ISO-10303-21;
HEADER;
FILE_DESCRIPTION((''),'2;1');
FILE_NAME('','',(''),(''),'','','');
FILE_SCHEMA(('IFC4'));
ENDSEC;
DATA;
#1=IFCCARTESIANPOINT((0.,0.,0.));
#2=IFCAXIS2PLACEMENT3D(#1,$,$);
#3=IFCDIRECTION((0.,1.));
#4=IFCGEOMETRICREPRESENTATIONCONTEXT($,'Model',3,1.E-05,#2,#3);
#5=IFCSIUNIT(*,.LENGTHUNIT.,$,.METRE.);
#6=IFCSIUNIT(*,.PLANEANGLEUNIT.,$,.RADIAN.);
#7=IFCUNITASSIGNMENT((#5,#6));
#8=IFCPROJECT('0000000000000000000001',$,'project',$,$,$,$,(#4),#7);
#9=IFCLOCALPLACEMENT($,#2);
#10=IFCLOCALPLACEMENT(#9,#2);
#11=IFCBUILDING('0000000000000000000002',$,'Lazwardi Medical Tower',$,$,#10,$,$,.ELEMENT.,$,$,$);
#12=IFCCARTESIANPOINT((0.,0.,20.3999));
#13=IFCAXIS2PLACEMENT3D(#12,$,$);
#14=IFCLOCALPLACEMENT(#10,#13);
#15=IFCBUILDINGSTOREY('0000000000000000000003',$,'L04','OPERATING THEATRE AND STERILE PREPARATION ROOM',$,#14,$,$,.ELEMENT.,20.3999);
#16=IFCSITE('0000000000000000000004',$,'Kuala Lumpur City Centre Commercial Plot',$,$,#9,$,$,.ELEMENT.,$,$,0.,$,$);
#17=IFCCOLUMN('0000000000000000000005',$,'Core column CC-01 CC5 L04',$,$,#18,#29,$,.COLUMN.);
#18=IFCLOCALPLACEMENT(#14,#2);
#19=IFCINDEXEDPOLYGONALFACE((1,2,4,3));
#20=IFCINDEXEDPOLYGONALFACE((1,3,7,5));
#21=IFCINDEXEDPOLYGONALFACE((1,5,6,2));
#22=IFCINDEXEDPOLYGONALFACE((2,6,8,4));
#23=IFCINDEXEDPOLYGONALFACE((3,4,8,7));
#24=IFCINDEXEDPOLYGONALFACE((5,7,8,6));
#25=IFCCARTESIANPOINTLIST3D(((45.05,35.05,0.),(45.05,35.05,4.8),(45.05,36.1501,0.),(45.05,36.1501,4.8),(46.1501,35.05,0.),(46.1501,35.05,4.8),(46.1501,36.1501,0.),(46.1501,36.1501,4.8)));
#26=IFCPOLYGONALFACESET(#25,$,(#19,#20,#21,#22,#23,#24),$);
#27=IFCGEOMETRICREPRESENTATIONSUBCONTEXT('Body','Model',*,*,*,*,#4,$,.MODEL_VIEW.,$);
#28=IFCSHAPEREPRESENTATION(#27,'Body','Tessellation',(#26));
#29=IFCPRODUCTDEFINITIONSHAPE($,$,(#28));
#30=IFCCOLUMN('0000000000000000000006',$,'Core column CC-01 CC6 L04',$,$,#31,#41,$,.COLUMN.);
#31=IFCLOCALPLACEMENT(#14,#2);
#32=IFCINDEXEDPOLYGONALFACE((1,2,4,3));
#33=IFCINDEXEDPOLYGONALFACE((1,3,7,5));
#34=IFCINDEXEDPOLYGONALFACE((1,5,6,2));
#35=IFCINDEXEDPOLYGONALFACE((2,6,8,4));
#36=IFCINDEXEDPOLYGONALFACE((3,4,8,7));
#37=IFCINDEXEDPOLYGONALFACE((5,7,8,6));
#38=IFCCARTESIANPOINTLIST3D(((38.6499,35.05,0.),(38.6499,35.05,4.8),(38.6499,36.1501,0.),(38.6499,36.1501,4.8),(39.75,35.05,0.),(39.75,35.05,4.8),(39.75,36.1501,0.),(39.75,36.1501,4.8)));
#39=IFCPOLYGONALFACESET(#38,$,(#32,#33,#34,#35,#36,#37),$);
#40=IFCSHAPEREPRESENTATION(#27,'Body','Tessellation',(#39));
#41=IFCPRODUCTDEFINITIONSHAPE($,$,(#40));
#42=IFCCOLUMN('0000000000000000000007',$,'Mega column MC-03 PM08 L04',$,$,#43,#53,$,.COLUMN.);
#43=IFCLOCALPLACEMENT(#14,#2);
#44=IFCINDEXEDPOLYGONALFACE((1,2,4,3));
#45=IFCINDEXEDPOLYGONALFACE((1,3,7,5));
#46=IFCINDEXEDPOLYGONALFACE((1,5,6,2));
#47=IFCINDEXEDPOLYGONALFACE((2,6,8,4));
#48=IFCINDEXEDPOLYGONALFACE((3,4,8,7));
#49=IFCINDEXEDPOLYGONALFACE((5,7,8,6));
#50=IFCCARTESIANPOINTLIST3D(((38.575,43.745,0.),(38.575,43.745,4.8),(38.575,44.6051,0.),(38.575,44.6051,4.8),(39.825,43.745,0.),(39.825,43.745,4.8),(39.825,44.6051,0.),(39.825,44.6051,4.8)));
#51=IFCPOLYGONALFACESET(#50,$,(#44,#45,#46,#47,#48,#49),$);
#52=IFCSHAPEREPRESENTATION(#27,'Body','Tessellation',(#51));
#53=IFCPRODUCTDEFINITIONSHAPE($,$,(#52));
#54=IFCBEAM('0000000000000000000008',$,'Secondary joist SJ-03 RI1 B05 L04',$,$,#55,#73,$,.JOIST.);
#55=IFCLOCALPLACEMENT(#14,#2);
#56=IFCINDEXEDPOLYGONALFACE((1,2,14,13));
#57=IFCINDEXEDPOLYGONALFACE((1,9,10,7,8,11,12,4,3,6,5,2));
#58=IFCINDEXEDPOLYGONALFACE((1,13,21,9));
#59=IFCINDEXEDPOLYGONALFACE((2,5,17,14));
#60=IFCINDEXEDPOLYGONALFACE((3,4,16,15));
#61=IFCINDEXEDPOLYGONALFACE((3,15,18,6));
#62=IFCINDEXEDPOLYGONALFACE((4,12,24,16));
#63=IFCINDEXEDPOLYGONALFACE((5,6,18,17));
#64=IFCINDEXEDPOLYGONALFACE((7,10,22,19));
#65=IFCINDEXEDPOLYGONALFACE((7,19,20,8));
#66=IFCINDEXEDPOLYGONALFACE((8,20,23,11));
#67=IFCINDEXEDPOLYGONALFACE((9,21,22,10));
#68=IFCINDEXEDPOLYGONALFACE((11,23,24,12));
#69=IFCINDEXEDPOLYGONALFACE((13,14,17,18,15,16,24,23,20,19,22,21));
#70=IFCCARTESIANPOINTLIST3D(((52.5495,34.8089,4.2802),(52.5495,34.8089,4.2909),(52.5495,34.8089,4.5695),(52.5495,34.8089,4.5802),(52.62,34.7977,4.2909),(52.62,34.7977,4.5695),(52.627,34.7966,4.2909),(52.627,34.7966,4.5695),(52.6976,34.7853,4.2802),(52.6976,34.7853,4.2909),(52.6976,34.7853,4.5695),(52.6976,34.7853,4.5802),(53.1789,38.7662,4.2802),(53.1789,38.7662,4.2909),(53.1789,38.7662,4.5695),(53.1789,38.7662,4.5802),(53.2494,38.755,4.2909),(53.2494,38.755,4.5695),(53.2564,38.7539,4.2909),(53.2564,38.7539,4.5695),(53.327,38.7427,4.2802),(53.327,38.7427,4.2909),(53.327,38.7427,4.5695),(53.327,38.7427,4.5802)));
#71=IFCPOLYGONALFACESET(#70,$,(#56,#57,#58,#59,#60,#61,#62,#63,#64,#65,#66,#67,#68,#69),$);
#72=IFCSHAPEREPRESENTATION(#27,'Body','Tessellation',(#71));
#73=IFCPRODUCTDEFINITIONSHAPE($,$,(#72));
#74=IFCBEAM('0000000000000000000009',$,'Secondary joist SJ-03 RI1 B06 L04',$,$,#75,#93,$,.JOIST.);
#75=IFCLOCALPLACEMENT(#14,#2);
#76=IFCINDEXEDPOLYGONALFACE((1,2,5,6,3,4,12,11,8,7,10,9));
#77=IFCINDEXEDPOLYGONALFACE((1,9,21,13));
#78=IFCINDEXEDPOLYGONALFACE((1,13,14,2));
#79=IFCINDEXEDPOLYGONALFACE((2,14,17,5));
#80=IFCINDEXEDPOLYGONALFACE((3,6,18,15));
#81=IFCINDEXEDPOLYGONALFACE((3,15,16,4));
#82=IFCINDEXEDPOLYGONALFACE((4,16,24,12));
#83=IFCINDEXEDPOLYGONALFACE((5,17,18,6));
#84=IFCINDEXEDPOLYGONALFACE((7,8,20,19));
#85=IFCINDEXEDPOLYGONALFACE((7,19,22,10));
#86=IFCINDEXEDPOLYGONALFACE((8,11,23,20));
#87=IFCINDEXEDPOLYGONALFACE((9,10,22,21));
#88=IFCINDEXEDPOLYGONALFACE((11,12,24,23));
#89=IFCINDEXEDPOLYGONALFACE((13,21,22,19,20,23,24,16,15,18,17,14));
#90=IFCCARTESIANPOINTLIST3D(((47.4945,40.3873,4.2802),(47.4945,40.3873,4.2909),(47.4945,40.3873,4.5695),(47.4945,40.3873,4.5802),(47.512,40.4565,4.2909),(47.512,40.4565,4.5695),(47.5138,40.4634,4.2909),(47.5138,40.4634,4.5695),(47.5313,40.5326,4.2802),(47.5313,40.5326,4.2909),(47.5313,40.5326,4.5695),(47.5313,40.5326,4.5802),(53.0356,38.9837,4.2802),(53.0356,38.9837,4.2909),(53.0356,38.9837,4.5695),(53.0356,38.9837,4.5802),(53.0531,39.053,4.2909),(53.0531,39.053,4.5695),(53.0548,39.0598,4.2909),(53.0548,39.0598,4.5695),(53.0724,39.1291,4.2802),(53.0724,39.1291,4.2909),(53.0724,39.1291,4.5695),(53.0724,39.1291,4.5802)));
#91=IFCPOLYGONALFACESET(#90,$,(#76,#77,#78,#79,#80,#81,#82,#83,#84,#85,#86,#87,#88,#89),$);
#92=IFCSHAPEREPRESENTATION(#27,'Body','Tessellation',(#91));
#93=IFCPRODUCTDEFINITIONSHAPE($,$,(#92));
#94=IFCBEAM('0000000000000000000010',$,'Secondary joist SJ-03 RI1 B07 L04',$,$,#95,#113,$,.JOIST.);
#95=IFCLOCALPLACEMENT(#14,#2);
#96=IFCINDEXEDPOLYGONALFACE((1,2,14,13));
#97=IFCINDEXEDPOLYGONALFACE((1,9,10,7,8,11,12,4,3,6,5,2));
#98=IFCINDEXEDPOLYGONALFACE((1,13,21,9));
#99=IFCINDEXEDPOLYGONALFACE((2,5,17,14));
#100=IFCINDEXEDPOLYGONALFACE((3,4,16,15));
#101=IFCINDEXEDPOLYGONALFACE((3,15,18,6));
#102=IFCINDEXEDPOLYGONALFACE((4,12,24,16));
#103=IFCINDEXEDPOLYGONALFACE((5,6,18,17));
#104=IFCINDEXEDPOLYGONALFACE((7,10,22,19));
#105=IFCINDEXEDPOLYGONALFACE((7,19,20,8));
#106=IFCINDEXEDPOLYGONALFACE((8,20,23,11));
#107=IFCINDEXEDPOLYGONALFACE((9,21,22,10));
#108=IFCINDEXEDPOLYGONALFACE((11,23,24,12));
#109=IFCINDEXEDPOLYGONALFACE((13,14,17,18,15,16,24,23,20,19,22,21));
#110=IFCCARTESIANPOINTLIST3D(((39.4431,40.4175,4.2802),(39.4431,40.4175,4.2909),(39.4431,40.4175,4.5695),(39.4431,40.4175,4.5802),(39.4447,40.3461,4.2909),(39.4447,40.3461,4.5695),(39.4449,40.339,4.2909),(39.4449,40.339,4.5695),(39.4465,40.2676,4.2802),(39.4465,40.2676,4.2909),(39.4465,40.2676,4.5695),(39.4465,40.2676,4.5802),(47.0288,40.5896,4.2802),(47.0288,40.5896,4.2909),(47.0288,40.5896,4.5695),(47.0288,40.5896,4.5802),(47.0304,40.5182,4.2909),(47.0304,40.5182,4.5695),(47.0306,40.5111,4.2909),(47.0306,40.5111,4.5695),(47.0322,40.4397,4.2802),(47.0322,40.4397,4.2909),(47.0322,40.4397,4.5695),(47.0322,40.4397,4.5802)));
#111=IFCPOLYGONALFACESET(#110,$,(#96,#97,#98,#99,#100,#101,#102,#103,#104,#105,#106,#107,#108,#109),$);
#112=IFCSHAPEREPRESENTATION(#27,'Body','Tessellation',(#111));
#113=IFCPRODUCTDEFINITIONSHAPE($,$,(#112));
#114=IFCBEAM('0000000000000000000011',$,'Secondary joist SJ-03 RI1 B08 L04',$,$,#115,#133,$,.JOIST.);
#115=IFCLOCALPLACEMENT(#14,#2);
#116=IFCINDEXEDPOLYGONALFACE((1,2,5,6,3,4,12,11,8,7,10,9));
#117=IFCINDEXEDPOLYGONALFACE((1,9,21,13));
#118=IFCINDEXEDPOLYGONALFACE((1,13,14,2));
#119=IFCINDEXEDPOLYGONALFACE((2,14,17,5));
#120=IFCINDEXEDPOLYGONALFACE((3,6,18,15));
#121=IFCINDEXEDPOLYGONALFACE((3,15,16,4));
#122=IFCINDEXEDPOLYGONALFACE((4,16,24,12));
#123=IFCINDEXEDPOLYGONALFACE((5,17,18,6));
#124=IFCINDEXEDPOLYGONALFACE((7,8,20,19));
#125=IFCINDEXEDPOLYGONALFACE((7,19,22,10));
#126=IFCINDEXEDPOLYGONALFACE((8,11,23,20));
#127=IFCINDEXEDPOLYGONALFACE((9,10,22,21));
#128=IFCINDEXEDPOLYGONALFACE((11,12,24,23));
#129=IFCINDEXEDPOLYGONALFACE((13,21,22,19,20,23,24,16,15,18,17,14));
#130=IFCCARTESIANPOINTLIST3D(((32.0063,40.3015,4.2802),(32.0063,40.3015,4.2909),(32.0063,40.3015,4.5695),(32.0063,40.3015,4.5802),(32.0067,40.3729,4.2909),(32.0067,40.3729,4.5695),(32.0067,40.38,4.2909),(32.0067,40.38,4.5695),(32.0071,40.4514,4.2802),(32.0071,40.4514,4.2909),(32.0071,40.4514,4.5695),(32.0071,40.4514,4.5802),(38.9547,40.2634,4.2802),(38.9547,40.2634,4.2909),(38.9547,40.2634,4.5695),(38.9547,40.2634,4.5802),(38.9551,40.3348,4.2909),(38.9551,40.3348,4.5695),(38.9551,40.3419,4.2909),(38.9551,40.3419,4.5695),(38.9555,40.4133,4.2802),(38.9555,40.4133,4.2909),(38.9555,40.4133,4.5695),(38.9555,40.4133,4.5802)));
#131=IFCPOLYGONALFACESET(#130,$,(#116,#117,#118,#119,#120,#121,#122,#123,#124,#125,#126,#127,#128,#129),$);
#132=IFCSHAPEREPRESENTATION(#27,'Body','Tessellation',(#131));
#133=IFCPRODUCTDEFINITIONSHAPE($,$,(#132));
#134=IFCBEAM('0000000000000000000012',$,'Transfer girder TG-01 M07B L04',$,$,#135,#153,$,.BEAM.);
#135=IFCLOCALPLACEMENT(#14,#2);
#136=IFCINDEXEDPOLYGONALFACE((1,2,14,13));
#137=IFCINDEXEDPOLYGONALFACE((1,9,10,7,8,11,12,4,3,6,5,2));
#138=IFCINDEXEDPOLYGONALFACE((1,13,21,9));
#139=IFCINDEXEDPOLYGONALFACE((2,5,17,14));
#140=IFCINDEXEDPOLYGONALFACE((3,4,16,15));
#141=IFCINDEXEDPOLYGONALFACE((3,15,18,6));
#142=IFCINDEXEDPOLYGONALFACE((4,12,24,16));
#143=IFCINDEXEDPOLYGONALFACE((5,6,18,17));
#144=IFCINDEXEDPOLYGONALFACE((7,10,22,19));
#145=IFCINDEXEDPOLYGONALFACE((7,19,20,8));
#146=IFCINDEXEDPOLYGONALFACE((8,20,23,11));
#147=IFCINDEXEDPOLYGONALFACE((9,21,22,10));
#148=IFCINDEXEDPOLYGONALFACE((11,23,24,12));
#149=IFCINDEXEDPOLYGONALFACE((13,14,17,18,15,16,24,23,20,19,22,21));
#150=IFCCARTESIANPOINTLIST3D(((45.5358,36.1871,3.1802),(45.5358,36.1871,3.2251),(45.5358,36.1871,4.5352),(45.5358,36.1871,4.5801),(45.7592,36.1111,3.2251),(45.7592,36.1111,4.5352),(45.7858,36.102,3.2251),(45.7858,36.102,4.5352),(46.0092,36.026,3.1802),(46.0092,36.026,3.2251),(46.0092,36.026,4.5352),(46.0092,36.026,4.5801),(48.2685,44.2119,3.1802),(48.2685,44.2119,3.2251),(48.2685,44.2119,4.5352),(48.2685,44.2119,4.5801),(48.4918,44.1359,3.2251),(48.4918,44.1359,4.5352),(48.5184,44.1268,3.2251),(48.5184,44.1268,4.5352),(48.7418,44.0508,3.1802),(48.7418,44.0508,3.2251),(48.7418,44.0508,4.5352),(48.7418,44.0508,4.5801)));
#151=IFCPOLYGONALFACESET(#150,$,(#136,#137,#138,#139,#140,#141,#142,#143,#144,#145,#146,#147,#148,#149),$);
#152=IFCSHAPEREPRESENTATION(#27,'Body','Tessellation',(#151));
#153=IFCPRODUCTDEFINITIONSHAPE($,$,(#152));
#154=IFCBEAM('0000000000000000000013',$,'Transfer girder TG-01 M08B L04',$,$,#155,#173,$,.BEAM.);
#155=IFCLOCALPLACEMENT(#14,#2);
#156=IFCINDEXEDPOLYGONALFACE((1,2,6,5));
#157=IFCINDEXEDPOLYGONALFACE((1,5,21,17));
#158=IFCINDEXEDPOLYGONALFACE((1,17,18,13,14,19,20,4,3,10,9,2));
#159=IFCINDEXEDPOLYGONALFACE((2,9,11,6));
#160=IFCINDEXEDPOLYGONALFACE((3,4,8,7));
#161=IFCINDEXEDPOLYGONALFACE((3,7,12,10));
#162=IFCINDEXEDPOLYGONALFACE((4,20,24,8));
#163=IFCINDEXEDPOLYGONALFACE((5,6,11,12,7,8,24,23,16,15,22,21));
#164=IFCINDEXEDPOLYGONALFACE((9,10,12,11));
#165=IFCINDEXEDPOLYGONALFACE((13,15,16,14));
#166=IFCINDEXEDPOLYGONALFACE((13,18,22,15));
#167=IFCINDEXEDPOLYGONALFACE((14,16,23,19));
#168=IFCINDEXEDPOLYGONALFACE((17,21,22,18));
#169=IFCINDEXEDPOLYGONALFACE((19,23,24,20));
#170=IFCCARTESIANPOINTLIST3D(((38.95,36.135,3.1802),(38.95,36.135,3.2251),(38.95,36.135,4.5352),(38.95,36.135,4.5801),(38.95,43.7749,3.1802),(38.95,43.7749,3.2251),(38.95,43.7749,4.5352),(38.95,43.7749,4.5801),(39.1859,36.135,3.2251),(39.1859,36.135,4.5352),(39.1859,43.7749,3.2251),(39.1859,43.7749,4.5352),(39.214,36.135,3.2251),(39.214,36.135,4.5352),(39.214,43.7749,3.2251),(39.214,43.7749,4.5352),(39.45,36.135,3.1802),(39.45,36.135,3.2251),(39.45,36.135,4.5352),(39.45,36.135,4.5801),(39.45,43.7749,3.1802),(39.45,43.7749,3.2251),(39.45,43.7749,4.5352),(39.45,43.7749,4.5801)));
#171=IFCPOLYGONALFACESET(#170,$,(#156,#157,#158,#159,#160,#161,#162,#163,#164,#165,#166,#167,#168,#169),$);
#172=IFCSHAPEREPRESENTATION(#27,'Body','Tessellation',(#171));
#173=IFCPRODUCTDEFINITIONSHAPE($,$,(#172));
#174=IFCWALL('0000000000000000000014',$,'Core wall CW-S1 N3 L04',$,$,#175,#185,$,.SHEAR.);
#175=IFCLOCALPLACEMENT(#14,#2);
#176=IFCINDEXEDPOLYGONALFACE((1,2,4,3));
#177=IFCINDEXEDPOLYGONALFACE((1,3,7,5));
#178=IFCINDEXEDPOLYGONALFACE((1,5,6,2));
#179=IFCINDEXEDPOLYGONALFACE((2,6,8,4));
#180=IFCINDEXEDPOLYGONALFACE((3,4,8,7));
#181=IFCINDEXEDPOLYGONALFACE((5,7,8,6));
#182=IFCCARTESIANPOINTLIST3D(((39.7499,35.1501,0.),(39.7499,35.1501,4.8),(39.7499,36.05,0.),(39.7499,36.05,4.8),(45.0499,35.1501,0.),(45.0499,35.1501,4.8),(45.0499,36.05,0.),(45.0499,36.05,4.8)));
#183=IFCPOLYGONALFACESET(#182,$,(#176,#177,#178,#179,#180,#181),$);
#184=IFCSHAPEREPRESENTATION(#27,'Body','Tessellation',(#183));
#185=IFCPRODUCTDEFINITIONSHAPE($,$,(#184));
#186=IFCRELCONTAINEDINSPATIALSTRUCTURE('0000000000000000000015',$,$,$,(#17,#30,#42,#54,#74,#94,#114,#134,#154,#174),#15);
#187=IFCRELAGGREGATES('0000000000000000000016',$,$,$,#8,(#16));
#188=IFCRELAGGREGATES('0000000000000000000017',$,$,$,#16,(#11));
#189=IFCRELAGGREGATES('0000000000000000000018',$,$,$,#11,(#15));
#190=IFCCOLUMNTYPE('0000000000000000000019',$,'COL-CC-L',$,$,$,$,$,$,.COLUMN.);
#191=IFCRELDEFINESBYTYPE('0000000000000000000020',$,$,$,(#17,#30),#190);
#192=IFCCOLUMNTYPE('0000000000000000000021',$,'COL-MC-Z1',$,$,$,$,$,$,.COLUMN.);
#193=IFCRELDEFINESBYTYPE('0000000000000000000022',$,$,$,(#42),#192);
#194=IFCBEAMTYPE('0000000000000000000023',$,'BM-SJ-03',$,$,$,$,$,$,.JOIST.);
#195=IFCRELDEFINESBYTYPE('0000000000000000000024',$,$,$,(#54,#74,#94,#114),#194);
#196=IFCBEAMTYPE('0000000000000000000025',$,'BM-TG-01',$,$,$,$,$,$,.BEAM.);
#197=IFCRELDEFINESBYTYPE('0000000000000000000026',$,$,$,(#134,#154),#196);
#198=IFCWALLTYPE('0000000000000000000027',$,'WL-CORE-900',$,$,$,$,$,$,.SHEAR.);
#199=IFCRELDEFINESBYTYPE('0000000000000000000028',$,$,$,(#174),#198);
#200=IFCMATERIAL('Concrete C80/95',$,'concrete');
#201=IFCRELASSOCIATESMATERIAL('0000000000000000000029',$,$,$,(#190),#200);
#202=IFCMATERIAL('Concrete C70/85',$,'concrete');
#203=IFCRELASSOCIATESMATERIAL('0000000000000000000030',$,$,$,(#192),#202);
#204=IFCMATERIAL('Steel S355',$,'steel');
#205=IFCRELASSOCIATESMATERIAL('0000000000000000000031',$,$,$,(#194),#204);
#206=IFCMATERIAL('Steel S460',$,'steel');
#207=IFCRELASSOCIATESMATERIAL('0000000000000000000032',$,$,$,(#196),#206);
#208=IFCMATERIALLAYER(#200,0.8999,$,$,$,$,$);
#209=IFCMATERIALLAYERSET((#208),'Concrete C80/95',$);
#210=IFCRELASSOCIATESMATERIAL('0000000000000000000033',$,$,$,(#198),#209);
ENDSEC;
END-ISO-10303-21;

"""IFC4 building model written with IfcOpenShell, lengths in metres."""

from ifc_helpers import new_model, si_unit, direction, frame, frame_2d, origin, origin_2d, place, context, subcontext, project, spatial, rectangle, i_section, extrude, material, layer, layer_set, material_profile, profile_set, type_object, element, save


model = new_model("IFC4")

# Units and contexts
model_context = context("Model", 3, precision=1e-05, world=origin(), true_north=direction((0.0, 1.0)))
body_context = subcontext(model_context, "Body", "Model", "MODEL_VIEW")
ifc_project = project(units=[si_unit("LENGTHUNIT", "METRE"), si_unit("PLANEANGLEUNIT", "RADIAN")], contexts=[model_context])

# Site, building, storey
site_placement = place(None, origin())
site = spatial("IfcSite", under=ifc_project, at=site_placement, Name="Kuala Lumpur City Centre Commercial Plot", CompositionType="ELEMENT", RefElevation=0.0)
building_placement = place(site_placement, origin())
building = spatial("IfcBuilding", under=site, at=building_placement, Name="Lazwardi Medical Tower", CompositionType="ELEMENT")
storey_placement = place(building_placement, frame((0.0, 0.0, 20.3999)))
storey = spatial("IfcBuildingStorey", under=building, at=storey_placement, Name="L04", Description="OPERATING THEATRE AND STERILE PREPARATION ROOM", CompositionType="ELEMENT", Elevation=20.3999)

# Columns
ifc_material_1 = material(Name="Concrete C80/95", Category="concrete")
ifc_material_profile_1 = material_profile(ifc_material_1, rectangle(XDim=1.1001, YDim=1.1001, at=origin_2d()), Name="RC 1100x1100")
ifc_profile_set_1 = profile_set([ifc_material_profile_1], Name="Concrete C80/95")
column_type_1 = type_object("IfcColumnType", Name="COL-CC-L", PredefinedType="COLUMN", material=ifc_profile_set_1)
for number, where, z_axis, x_axis, name in (
    (1, (45.6001, 35.6001, 0.0), (0.0, 0.0, 1.0), (1.0, 0.0, 0.0), "Core column CC-01 CC5 L04"),
    (2, (39.2, 35.6001, 0.0), (0.0, 0.0, 1.0), (1.0, 0.0, 0.0), "Core column CC-01 CC6 L04"),
):
    element("IfcColumn", number, at=place(storey_placement, frame(where, z_axis=z_axis, x_axis=x_axis)), inside=storey, type_object=column_type_1, Name=name, PredefinedType="COLUMN", context=body_context, shape_type="SweptSolid", body=[
        extrude(rectangle(XDim=1.1001, YDim=1.1001, at=origin_2d()), origin(), (0.0, 0.0, 1.0), 4.8),
    ])
ifc_material_2 = material(Name="Concrete C70/85", Category="concrete")
ifc_material_profile_2 = material_profile(ifc_material_2, rectangle(XDim=1.25, YDim=0.8601, at=origin_2d()), Name="CFT-RECT 1250x860")
ifc_profile_set_2 = profile_set([ifc_material_profile_2], Name="Concrete C70/85")
column_type_2 = type_object("IfcColumnType", Name="COL-MC-Z1", PredefinedType="COLUMN", material=ifc_profile_set_2)
column_placement = place(storey_placement, frame((39.2, 44.175, 0.0), z_axis=(0.0, 0.0, 1.0), x_axis=(1.0, 0.0, 0.0)))
element("IfcColumn", 3, at=column_placement, inside=storey, type_object=column_type_2, Name="Mega column MC-03 PM08 L04", PredefinedType="COLUMN", context=body_context, shape_type="SweptSolid", body=[
    extrude(rectangle(XDim=1.25, YDim=0.8601, at=origin_2d()), origin(), (0.0, 0.0, 1.0), 4.8),
])

# Beams
ifc_material_3 = material(Name="Steel S355", Category="steel")
ifc_material_profile_3 = material_profile(ifc_material_3, i_section(OverallWidth=0.1499, OverallDepth=0.3, WebThickness=0.0071, FlangeThickness=0.0107, at=origin_2d()), Name="IPE 300")
ifc_profile_set_3 = profile_set([ifc_material_profile_3], Name="Steel S355")
beam_type_1 = type_object("IfcBeamType", Name="BM-SJ-03", PredefinedType="JOIST", material=ifc_profile_set_3)
beam_1_placement = place(storey_placement, frame((52.6235, 34.7971, 4.4302), z_axis=(0.157073, 0.987587, 0.0), x_axis=(-0.987587, 0.157073, 0.0)))
element("IfcBeam", 4, at=beam_1_placement, inside=storey, type_object=beam_type_1, Name="Secondary joist SJ-03 RI1 B05 L04", PredefinedType="JOIST", context=body_context, shape_type="SweptSolid", body=[
    extrude(i_section(OverallWidth=0.1499, OverallDepth=0.3, WebThickness=0.0071, FlangeThickness=0.0107, at=origin_2d()), origin(), (0.0, 0.0, 1.0), 4.0071),
])
beam_2_placement = place(storey_placement, frame((53.054, 39.0564, 4.4302), z_axis=(-0.969384, 0.245549, 0.0), x_axis=(-0.245549, -0.969384, 0.0)))
element("IfcBeam", 5, at=beam_2_placement, inside=storey, type_object=beam_type_1, Name="Secondary joist SJ-03 RI1 B06 L04", PredefinedType="JOIST", context=body_context, shape_type="SweptSolid", body=[
    extrude(i_section(OverallWidth=0.1499, OverallDepth=0.3, WebThickness=0.0071, FlangeThickness=0.0107, at=origin_2d()), origin(), (0.0, 0.0, 1.0), 5.7161),
])
beam_3_placement = place(storey_placement, frame((47.0305, 40.5146, 4.4302), z_axis=(-0.999743, -0.022684, 0.0), x_axis=(0.022684, -0.999743, 0.0)))
element("IfcBeam", 6, at=beam_3_placement, inside=storey, type_object=beam_type_1, Name="Secondary joist SJ-03 RI1 B07 L04", PredefinedType="JOIST", context=body_context, shape_type="SweptSolid", body=[
    extrude(i_section(OverallWidth=0.1499, OverallDepth=0.3, WebThickness=0.0071, FlangeThickness=0.0107, at=origin_2d()), origin(), (0.0, 0.0, 1.0), 7.5876),
])
beam_4_placement = place(storey_placement, frame((38.9551, 40.3384, 4.4302), z_axis=(-0.999985, 0.005481, 0.0), x_axis=(-0.005481, -0.999985, 0.0)))
element("IfcBeam", 7, at=beam_4_placement, inside=storey, type_object=beam_type_1, Name="Secondary joist SJ-03 RI1 B08 L04", PredefinedType="JOIST", context=body_context, shape_type="SweptSolid", body=[
    extrude(i_section(OverallWidth=0.1499, OverallDepth=0.3, WebThickness=0.0071, FlangeThickness=0.0107, at=origin_2d()), origin(), (0.0, 0.0, 1.0), 6.9485),
])
ifc_material_4 = material(Name="Steel S460", Category="steel")
ifc_material_profile_4 = material_profile(ifc_material_4, i_section(OverallWidth=0.5, OverallDepth=1.3999, WebThickness=0.0281, FlangeThickness=0.0449, at=origin_2d()), Name="PG 1400x500")
ifc_profile_set_4 = profile_set([ifc_material_profile_4], Name="Steel S460")
beam_type_2 = type_object("IfcBeamType", Name="BM-TG-01", PredefinedType="BEAM", material=ifc_profile_set_4)
beam_5_placement = place(storey_placement, frame((48.5051, 44.1313, 3.8801), z_axis=(-0.322347, -0.946622, 0.0), x_axis=(0.946622, -0.322347, 0.0)))
element("IfcBeam", 8, at=beam_5_placement, inside=storey, type_object=beam_type_2, Name="Transfer girder TG-01 M07B L04", PredefinedType="BEAM", context=body_context, shape_type="SweptSolid", body=[
    extrude(i_section(OverallWidth=0.5, OverallDepth=1.3999, WebThickness=0.0281, FlangeThickness=0.0449, at=origin_2d()), origin(), (0.0, 0.0, 1.0), 8.4773),
])
beam_6_placement = place(storey_placement, frame((39.2, 43.7749, 3.8801), z_axis=(0.0, -1.0, 0.0), x_axis=(1.0, 0.0, 0.0)))
element("IfcBeam", 9, at=beam_6_placement, inside=storey, type_object=beam_type_2, Name="Transfer girder TG-01 M08B L04", PredefinedType="BEAM", context=body_context, shape_type="SweptSolid", body=[
    extrude(i_section(OverallWidth=0.5, OverallDepth=1.3999, WebThickness=0.0281, FlangeThickness=0.0449, at=origin_2d()), origin(), (0.0, 0.0, 1.0), 7.6399),
])

# Wall
ifc_layer_1 = layer(ifc_material_1, 0.8999)
ifc_layer_set_1 = layer_set([ifc_layer_1], Name="Concrete C80/95")
wall_type_1 = type_object("IfcWallType", Name="WL-CORE-900", PredefinedType="SHEAR", material=ifc_layer_set_1)
wall_1_placement = place(storey_placement, frame((39.75, 35.6001, 0.0), z_axis=(0.0, 0.0, 1.0), x_axis=(1.0, 0.0, 0.0)))
element("IfcWall", 10, at=wall_1_placement, inside=storey, type_object=wall_type_1, Name="Core wall CW-S1 N3 L04", PredefinedType="SHEAR", context=body_context, shape_type="SweptSolid", body=[
    extrude(rectangle(XDim=5.3, YDim=0.8999, at=frame_2d((2.6499, 0.0))), origin(), (0.0, 0.0, 1.0), 4.8),
])

save(model, "model.ifc")
